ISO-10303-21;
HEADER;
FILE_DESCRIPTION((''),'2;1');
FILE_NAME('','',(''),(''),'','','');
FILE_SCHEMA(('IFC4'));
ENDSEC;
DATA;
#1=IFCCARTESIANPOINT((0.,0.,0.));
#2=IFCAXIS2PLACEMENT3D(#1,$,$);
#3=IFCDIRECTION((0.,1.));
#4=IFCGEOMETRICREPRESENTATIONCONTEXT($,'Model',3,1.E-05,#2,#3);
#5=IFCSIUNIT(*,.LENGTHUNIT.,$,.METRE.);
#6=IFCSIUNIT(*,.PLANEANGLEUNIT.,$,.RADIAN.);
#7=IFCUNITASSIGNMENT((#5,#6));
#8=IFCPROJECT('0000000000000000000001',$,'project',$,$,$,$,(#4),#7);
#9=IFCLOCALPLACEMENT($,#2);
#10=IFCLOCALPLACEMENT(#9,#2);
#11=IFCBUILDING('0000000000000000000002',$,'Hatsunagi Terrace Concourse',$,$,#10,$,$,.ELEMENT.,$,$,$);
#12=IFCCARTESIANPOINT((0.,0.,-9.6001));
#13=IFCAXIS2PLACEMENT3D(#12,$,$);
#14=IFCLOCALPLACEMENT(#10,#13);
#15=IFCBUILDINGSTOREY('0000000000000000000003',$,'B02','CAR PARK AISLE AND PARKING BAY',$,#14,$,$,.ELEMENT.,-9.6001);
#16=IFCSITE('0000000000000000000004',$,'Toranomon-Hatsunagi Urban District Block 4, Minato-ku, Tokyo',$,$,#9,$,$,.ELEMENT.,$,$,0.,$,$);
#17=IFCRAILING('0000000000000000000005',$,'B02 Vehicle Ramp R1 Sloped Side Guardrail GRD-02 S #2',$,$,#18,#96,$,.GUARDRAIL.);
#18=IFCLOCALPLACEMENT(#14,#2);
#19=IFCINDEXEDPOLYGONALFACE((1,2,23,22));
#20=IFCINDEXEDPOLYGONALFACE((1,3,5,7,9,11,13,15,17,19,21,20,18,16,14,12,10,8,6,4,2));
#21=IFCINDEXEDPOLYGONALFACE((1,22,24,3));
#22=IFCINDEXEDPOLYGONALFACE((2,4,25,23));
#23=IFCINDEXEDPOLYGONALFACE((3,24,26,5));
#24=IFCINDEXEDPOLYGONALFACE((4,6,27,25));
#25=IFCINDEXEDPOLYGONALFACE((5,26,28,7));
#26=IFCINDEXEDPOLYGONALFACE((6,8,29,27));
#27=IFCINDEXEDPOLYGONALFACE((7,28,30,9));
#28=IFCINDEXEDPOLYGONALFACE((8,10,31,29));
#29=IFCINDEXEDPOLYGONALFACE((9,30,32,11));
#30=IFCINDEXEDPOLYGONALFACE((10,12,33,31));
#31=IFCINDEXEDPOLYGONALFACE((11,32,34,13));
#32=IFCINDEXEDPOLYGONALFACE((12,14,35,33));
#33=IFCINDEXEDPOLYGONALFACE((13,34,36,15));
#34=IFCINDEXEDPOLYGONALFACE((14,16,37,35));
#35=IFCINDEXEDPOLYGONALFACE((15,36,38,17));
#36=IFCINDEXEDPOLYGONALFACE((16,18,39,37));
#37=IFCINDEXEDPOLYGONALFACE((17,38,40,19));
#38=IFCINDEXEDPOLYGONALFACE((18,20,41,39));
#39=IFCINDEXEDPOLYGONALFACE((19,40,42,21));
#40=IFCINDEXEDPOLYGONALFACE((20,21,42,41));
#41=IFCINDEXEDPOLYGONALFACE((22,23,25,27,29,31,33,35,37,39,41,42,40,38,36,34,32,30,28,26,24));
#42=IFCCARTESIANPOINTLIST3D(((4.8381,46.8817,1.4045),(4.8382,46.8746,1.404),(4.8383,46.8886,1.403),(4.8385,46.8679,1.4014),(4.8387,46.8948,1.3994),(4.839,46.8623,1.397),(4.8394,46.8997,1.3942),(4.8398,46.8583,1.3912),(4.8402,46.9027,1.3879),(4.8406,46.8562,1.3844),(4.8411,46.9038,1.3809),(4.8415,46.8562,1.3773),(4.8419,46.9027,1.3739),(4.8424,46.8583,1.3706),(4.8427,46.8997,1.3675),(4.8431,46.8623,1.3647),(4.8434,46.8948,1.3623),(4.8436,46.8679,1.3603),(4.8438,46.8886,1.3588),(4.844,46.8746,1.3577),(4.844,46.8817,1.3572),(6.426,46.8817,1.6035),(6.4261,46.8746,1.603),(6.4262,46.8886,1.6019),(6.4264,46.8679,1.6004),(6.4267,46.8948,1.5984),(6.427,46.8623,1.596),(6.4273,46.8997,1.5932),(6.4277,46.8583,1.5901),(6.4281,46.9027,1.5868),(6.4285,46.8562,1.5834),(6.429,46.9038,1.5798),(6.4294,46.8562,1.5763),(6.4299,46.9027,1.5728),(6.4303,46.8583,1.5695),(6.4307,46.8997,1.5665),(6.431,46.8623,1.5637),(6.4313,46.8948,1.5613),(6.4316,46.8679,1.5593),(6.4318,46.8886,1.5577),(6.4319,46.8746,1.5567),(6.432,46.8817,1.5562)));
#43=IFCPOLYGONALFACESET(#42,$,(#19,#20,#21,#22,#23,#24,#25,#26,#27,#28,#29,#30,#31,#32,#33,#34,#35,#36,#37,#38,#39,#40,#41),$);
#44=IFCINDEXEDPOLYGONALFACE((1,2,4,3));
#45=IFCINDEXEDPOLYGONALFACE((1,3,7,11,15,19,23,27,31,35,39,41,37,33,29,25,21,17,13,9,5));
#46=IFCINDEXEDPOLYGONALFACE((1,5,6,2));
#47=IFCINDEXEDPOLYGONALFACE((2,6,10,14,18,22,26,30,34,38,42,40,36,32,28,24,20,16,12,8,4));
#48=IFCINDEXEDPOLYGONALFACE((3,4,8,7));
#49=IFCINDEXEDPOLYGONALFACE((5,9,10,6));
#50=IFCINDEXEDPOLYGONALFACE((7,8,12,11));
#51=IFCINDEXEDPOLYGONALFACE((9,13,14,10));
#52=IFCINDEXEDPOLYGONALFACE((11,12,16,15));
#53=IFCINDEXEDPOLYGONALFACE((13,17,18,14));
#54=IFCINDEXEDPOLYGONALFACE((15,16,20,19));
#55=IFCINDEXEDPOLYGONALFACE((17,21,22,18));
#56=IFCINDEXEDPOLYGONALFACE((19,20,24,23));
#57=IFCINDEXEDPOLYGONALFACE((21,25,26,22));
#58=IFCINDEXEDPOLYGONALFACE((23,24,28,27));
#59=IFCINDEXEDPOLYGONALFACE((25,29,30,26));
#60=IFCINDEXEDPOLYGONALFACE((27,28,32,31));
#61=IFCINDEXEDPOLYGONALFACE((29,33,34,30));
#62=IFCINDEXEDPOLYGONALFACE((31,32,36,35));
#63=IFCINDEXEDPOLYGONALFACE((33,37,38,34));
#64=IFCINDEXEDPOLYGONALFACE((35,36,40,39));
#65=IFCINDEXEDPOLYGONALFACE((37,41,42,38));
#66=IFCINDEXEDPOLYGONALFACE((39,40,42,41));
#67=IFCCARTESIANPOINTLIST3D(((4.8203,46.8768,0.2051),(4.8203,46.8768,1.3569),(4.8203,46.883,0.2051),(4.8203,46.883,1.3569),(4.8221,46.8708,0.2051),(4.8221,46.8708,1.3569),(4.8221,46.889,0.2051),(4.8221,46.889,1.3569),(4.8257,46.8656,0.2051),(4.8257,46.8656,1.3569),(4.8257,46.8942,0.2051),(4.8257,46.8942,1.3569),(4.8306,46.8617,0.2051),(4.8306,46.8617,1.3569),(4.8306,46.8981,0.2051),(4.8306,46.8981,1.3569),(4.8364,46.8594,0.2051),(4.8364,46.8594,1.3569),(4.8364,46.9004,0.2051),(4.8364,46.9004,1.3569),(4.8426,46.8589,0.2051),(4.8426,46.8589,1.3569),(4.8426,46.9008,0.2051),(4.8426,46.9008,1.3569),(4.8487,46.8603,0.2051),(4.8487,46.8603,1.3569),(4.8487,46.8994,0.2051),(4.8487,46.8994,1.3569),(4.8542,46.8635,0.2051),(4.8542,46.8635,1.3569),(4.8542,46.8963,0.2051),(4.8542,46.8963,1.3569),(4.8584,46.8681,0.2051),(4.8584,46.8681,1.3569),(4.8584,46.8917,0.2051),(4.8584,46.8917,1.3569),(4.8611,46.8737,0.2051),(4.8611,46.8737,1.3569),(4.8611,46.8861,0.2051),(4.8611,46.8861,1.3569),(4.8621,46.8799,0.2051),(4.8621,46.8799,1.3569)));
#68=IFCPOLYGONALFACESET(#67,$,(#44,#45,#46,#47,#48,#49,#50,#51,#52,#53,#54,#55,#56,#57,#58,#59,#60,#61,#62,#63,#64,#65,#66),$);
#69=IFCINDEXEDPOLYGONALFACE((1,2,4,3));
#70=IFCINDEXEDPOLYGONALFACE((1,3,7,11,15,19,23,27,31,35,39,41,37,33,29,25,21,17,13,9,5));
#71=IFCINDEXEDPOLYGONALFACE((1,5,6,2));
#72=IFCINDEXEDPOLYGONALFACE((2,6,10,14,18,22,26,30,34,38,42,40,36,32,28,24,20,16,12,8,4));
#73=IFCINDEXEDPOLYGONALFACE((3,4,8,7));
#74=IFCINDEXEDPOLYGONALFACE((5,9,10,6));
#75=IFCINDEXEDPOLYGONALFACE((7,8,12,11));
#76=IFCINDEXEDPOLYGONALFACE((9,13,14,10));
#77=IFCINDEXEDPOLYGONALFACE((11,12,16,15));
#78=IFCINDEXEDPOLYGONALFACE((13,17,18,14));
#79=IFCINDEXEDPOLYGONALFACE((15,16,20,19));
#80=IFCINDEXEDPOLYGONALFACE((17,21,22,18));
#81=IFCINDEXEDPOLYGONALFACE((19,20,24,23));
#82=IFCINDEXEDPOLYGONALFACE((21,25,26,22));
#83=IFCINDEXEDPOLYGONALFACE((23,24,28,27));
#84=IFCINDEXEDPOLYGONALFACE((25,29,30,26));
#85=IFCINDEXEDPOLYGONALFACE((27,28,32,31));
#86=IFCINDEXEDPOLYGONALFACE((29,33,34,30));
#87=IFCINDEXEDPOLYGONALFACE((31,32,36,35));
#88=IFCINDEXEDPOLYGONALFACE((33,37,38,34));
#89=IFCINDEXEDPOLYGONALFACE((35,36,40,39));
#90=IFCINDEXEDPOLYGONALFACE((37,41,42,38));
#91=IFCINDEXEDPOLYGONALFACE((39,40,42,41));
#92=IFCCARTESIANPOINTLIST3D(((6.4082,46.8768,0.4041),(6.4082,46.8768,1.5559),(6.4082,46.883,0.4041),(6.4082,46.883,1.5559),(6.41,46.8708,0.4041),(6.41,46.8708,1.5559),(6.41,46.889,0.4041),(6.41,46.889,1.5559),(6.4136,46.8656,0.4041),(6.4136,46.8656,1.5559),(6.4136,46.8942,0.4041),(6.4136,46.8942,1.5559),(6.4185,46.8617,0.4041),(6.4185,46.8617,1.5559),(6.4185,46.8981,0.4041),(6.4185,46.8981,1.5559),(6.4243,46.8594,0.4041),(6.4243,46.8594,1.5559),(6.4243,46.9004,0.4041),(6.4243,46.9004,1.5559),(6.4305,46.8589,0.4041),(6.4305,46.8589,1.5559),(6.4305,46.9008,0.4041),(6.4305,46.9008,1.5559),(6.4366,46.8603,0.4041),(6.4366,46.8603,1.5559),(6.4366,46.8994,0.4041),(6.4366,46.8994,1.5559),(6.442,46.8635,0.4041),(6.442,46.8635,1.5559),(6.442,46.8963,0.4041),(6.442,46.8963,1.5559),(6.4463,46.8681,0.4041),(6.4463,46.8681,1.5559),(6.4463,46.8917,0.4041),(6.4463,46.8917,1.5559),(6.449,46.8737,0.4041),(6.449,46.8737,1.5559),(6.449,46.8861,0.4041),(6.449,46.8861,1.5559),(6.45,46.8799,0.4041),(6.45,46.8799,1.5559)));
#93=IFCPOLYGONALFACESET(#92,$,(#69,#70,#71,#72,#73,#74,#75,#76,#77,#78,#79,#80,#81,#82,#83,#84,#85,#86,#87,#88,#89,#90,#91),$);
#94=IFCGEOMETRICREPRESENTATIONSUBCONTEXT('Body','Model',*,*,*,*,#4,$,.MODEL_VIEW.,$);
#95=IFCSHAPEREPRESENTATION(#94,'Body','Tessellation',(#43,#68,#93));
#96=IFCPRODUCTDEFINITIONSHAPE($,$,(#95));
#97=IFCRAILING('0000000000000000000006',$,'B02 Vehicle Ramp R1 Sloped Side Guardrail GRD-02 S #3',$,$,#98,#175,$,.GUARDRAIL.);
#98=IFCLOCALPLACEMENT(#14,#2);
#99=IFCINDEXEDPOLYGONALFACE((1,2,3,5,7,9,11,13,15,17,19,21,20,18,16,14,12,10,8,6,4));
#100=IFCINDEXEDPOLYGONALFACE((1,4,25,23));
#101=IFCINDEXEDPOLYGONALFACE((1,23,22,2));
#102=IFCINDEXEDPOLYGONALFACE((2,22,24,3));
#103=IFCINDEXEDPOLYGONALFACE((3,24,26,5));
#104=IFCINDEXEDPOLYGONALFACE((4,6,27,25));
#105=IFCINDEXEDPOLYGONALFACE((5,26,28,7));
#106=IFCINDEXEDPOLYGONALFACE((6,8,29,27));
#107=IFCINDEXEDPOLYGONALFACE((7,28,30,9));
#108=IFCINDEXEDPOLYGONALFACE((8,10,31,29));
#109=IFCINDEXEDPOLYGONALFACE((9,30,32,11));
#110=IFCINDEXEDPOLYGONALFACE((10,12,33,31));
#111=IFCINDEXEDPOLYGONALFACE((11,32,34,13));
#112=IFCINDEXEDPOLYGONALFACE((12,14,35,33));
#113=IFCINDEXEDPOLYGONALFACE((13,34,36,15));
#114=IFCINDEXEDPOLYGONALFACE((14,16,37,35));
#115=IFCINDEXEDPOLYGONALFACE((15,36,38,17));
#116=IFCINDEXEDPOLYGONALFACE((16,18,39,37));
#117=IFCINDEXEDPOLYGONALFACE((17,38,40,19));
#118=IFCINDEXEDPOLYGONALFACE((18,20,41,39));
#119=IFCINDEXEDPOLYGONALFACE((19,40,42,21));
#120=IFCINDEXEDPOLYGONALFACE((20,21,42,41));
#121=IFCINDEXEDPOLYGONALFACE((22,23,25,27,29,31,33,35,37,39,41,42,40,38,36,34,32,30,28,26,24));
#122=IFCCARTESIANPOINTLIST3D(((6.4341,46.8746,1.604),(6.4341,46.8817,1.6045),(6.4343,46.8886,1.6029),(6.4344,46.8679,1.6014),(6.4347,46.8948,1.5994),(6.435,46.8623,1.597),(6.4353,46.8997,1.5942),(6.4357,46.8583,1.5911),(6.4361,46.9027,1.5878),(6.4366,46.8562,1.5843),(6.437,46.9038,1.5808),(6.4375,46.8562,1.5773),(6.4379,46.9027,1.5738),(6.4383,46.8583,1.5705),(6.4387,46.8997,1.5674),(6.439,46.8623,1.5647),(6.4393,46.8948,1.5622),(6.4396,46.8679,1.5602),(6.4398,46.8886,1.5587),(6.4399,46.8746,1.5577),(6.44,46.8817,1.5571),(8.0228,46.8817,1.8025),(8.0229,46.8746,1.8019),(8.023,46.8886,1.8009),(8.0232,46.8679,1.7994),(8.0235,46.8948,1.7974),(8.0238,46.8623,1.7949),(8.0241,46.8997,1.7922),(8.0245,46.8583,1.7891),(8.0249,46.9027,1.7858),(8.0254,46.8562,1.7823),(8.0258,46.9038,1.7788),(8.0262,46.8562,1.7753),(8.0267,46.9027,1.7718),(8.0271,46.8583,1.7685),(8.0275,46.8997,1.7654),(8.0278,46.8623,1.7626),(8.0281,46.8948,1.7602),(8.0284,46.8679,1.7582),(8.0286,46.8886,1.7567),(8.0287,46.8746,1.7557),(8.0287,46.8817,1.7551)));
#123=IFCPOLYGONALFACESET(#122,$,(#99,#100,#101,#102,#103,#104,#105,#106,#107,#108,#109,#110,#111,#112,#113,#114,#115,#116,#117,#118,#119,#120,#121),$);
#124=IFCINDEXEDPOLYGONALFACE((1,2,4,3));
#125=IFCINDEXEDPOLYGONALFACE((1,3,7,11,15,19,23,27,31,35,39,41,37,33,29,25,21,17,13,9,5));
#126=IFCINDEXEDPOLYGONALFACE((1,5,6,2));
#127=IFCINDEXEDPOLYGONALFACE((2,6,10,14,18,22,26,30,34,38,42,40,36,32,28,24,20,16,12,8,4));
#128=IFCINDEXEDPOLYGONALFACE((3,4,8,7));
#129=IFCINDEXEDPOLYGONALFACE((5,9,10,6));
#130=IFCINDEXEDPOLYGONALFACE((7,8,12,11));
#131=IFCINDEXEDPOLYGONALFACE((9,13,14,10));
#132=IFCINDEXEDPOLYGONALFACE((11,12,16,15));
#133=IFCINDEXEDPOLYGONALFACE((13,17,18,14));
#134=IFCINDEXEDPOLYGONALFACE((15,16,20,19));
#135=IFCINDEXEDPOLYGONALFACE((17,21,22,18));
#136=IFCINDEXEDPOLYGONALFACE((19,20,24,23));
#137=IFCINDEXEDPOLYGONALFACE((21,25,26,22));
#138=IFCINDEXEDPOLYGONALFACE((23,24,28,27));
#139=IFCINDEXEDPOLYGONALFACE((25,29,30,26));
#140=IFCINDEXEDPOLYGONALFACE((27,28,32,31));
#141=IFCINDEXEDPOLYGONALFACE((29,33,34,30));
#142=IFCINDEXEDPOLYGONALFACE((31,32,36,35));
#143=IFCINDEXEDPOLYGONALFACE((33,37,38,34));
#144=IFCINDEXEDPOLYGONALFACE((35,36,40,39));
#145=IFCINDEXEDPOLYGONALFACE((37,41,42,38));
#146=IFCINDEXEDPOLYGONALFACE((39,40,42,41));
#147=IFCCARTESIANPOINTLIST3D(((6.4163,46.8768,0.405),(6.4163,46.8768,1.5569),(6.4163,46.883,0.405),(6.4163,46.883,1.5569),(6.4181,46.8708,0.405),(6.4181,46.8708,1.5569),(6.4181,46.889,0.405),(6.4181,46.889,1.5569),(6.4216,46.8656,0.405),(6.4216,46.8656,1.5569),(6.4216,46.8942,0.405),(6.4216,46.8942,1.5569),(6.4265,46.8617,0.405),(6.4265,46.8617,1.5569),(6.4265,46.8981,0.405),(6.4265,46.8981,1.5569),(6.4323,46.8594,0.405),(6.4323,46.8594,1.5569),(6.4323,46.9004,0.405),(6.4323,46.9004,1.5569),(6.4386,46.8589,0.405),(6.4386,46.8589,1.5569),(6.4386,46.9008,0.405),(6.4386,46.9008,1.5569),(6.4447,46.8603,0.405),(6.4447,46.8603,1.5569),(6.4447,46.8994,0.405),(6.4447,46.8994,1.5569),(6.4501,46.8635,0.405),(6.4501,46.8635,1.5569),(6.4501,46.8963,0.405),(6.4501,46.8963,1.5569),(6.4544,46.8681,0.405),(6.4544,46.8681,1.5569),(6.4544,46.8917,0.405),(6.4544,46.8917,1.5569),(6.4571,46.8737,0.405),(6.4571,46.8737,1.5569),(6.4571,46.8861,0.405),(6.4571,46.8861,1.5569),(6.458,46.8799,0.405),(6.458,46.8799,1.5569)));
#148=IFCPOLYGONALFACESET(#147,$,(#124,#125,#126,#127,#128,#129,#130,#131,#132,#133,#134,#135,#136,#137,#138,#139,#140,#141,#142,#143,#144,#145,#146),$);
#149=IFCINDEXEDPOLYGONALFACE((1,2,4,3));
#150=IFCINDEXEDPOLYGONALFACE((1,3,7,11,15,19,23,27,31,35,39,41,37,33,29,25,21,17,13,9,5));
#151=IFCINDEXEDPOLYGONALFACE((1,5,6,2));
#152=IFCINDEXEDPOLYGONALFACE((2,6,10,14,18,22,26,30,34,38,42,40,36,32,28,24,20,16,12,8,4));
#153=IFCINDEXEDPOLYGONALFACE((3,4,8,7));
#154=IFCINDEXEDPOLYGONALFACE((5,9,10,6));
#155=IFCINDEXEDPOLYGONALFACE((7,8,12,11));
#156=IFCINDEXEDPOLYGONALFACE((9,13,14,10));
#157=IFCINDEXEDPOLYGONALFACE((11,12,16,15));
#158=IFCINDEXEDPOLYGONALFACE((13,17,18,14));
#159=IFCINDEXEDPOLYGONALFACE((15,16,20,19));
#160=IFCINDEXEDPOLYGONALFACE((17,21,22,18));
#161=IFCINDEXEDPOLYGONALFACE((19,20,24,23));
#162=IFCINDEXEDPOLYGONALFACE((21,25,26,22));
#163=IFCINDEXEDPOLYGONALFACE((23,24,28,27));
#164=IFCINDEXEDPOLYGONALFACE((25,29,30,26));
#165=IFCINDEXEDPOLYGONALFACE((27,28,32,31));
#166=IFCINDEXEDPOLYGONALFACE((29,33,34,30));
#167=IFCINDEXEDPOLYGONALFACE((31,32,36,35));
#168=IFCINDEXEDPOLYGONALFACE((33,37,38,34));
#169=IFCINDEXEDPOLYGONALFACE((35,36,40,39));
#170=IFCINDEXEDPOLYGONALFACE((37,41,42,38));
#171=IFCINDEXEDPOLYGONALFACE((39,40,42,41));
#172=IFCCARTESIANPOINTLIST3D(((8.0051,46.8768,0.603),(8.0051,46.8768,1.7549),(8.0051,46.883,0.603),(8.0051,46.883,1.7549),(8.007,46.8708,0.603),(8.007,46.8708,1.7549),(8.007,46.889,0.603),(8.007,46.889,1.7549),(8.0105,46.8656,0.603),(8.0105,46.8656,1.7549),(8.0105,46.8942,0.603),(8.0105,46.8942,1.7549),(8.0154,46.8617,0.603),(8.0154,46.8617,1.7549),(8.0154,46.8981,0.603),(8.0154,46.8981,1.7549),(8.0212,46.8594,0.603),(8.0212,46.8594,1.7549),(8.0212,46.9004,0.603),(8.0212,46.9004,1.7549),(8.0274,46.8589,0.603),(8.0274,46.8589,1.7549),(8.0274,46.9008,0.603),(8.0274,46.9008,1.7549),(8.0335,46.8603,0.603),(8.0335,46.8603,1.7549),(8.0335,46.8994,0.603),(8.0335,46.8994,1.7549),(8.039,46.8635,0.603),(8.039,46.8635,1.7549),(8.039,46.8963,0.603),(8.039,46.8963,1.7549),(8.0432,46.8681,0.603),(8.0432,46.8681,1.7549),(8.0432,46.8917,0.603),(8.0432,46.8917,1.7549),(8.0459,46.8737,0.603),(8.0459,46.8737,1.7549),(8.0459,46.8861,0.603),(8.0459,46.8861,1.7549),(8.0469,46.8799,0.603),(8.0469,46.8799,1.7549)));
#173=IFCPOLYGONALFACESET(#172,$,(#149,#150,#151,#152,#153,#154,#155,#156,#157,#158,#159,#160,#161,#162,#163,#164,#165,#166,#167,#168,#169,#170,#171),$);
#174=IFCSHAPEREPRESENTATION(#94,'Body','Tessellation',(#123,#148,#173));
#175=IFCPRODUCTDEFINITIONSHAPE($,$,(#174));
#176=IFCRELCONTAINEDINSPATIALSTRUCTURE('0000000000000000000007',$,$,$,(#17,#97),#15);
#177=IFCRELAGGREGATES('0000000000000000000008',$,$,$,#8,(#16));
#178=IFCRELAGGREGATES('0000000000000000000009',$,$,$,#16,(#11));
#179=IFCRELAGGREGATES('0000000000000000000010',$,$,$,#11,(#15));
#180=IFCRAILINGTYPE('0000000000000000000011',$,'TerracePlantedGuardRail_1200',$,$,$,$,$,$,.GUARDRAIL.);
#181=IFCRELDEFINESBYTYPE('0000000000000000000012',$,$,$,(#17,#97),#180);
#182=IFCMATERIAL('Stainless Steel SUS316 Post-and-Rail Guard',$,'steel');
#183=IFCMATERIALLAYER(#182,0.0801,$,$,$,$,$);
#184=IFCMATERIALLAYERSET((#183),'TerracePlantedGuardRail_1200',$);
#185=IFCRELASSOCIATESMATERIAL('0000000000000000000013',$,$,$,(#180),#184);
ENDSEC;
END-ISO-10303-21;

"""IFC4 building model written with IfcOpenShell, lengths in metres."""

from ifc_helpers import new_model, si_unit, direction, frame, origin, origin_2d, place, context, subcontext, project, spatial, circle, extrude, material, layer, layer_set, type_object, element, save


model = new_model("IFC4")

# Units and contexts
model_context = context("Model", 3, precision=1e-05, world=origin(), true_north=direction((0.0, 1.0)))
body_context = subcontext(model_context, "Body", "Model", "MODEL_VIEW")
ifc_project = project(units=[si_unit("LENGTHUNIT", "METRE"), si_unit("PLANEANGLEUNIT", "RADIAN")], contexts=[model_context])

# Site, building, storey
site_placement = place(None, origin())
site = spatial("IfcSite", under=ifc_project, at=site_placement, Name="Toranomon-Hatsunagi Urban District Block 4, Minato-ku, Tokyo", CompositionType="ELEMENT", RefElevation=0.0)
building_placement = place(site_placement, origin())
building = spatial("IfcBuilding", under=site, at=building_placement, Name="Hatsunagi Terrace Concourse", CompositionType="ELEMENT")
storey_placement = place(building_placement, frame((0.0, 0.0, -9.6001)))
storey = spatial("IfcBuildingStorey", under=building, at=storey_placement, Name="B02", Description="CAR PARK AISLE AND PARKING BAY", CompositionType="ELEMENT", Elevation=-9.6001)

# Railings
ifc_material_1 = material(Name="Stainless Steel SUS316 Post-and-Rail Guard", Category="steel")
ifc_layer_1 = layer(ifc_material_1, 0.0801)
ifc_layer_set_1 = layer_set([ifc_layer_1], Name="TerracePlantedGuardRail_1200")
railing_type = type_object("IfcRailingType", Name="TerracePlantedGuardRail_1200", PredefinedType="GUARDRAIL", material=ifc_layer_set_1)
railing_1_placement = place(storey_placement, frame((4.8411, 46.8799, 0.2051)))
element("IfcRailing", 1, at=railing_1_placement, inside=storey, type_object=railing_type, Name="B02 Vehicle Ramp R1 Sloped Side Guardrail GRD-02 S #2", PredefinedType="GUARDRAIL", context=body_context, shape_type="SweptSolid", body=[
    extrude(circle(Radius=0.0239, at=origin_2d()), frame((0.0, 0.0, 1.1758), z_axis=(0.99224, 0.0, 0.124335), x_axis=(0.0, 1.0, 0.0)), (0.0, 0.0, 1.0), 1.6003),
    extrude(circle(Radius=0.021, at=origin_2d()), origin(), (0.0, 0.0, 1.0), 1.1519),
    extrude(circle(Radius=0.021, at=origin_2d()), frame((1.5879, 0.0, 0.199)), (0.0, 0.0, 1.0), 1.1519),
])
railing_2_placement = place(storey_placement, frame((6.437, 46.8799, 0.405)))
element("IfcRailing", 2, at=railing_2_placement, inside=storey, type_object=railing_type, Name="B02 Vehicle Ramp R1 Sloped Side Guardrail GRD-02 S #3", PredefinedType="GUARDRAIL", context=body_context, shape_type="SweptSolid", body=[
    extrude(circle(Radius=0.0239, at=origin_2d()), frame((0.0, 0.0, 1.1758), z_axis=(0.992325, 0.0, 0.123659), x_axis=(0.0, 1.0, 0.0)), (0.0, 0.0, 1.0), 1.6011),
    extrude(circle(Radius=0.021, at=origin_2d()), origin(), (0.0, 0.0, 1.0), 1.1519),
    extrude(circle(Radius=0.021, at=origin_2d()), frame((1.5889, 0.0, 0.198)), (0.0, 0.0, 1.0), 1.1519),
])

save(model, "model.ifc")
